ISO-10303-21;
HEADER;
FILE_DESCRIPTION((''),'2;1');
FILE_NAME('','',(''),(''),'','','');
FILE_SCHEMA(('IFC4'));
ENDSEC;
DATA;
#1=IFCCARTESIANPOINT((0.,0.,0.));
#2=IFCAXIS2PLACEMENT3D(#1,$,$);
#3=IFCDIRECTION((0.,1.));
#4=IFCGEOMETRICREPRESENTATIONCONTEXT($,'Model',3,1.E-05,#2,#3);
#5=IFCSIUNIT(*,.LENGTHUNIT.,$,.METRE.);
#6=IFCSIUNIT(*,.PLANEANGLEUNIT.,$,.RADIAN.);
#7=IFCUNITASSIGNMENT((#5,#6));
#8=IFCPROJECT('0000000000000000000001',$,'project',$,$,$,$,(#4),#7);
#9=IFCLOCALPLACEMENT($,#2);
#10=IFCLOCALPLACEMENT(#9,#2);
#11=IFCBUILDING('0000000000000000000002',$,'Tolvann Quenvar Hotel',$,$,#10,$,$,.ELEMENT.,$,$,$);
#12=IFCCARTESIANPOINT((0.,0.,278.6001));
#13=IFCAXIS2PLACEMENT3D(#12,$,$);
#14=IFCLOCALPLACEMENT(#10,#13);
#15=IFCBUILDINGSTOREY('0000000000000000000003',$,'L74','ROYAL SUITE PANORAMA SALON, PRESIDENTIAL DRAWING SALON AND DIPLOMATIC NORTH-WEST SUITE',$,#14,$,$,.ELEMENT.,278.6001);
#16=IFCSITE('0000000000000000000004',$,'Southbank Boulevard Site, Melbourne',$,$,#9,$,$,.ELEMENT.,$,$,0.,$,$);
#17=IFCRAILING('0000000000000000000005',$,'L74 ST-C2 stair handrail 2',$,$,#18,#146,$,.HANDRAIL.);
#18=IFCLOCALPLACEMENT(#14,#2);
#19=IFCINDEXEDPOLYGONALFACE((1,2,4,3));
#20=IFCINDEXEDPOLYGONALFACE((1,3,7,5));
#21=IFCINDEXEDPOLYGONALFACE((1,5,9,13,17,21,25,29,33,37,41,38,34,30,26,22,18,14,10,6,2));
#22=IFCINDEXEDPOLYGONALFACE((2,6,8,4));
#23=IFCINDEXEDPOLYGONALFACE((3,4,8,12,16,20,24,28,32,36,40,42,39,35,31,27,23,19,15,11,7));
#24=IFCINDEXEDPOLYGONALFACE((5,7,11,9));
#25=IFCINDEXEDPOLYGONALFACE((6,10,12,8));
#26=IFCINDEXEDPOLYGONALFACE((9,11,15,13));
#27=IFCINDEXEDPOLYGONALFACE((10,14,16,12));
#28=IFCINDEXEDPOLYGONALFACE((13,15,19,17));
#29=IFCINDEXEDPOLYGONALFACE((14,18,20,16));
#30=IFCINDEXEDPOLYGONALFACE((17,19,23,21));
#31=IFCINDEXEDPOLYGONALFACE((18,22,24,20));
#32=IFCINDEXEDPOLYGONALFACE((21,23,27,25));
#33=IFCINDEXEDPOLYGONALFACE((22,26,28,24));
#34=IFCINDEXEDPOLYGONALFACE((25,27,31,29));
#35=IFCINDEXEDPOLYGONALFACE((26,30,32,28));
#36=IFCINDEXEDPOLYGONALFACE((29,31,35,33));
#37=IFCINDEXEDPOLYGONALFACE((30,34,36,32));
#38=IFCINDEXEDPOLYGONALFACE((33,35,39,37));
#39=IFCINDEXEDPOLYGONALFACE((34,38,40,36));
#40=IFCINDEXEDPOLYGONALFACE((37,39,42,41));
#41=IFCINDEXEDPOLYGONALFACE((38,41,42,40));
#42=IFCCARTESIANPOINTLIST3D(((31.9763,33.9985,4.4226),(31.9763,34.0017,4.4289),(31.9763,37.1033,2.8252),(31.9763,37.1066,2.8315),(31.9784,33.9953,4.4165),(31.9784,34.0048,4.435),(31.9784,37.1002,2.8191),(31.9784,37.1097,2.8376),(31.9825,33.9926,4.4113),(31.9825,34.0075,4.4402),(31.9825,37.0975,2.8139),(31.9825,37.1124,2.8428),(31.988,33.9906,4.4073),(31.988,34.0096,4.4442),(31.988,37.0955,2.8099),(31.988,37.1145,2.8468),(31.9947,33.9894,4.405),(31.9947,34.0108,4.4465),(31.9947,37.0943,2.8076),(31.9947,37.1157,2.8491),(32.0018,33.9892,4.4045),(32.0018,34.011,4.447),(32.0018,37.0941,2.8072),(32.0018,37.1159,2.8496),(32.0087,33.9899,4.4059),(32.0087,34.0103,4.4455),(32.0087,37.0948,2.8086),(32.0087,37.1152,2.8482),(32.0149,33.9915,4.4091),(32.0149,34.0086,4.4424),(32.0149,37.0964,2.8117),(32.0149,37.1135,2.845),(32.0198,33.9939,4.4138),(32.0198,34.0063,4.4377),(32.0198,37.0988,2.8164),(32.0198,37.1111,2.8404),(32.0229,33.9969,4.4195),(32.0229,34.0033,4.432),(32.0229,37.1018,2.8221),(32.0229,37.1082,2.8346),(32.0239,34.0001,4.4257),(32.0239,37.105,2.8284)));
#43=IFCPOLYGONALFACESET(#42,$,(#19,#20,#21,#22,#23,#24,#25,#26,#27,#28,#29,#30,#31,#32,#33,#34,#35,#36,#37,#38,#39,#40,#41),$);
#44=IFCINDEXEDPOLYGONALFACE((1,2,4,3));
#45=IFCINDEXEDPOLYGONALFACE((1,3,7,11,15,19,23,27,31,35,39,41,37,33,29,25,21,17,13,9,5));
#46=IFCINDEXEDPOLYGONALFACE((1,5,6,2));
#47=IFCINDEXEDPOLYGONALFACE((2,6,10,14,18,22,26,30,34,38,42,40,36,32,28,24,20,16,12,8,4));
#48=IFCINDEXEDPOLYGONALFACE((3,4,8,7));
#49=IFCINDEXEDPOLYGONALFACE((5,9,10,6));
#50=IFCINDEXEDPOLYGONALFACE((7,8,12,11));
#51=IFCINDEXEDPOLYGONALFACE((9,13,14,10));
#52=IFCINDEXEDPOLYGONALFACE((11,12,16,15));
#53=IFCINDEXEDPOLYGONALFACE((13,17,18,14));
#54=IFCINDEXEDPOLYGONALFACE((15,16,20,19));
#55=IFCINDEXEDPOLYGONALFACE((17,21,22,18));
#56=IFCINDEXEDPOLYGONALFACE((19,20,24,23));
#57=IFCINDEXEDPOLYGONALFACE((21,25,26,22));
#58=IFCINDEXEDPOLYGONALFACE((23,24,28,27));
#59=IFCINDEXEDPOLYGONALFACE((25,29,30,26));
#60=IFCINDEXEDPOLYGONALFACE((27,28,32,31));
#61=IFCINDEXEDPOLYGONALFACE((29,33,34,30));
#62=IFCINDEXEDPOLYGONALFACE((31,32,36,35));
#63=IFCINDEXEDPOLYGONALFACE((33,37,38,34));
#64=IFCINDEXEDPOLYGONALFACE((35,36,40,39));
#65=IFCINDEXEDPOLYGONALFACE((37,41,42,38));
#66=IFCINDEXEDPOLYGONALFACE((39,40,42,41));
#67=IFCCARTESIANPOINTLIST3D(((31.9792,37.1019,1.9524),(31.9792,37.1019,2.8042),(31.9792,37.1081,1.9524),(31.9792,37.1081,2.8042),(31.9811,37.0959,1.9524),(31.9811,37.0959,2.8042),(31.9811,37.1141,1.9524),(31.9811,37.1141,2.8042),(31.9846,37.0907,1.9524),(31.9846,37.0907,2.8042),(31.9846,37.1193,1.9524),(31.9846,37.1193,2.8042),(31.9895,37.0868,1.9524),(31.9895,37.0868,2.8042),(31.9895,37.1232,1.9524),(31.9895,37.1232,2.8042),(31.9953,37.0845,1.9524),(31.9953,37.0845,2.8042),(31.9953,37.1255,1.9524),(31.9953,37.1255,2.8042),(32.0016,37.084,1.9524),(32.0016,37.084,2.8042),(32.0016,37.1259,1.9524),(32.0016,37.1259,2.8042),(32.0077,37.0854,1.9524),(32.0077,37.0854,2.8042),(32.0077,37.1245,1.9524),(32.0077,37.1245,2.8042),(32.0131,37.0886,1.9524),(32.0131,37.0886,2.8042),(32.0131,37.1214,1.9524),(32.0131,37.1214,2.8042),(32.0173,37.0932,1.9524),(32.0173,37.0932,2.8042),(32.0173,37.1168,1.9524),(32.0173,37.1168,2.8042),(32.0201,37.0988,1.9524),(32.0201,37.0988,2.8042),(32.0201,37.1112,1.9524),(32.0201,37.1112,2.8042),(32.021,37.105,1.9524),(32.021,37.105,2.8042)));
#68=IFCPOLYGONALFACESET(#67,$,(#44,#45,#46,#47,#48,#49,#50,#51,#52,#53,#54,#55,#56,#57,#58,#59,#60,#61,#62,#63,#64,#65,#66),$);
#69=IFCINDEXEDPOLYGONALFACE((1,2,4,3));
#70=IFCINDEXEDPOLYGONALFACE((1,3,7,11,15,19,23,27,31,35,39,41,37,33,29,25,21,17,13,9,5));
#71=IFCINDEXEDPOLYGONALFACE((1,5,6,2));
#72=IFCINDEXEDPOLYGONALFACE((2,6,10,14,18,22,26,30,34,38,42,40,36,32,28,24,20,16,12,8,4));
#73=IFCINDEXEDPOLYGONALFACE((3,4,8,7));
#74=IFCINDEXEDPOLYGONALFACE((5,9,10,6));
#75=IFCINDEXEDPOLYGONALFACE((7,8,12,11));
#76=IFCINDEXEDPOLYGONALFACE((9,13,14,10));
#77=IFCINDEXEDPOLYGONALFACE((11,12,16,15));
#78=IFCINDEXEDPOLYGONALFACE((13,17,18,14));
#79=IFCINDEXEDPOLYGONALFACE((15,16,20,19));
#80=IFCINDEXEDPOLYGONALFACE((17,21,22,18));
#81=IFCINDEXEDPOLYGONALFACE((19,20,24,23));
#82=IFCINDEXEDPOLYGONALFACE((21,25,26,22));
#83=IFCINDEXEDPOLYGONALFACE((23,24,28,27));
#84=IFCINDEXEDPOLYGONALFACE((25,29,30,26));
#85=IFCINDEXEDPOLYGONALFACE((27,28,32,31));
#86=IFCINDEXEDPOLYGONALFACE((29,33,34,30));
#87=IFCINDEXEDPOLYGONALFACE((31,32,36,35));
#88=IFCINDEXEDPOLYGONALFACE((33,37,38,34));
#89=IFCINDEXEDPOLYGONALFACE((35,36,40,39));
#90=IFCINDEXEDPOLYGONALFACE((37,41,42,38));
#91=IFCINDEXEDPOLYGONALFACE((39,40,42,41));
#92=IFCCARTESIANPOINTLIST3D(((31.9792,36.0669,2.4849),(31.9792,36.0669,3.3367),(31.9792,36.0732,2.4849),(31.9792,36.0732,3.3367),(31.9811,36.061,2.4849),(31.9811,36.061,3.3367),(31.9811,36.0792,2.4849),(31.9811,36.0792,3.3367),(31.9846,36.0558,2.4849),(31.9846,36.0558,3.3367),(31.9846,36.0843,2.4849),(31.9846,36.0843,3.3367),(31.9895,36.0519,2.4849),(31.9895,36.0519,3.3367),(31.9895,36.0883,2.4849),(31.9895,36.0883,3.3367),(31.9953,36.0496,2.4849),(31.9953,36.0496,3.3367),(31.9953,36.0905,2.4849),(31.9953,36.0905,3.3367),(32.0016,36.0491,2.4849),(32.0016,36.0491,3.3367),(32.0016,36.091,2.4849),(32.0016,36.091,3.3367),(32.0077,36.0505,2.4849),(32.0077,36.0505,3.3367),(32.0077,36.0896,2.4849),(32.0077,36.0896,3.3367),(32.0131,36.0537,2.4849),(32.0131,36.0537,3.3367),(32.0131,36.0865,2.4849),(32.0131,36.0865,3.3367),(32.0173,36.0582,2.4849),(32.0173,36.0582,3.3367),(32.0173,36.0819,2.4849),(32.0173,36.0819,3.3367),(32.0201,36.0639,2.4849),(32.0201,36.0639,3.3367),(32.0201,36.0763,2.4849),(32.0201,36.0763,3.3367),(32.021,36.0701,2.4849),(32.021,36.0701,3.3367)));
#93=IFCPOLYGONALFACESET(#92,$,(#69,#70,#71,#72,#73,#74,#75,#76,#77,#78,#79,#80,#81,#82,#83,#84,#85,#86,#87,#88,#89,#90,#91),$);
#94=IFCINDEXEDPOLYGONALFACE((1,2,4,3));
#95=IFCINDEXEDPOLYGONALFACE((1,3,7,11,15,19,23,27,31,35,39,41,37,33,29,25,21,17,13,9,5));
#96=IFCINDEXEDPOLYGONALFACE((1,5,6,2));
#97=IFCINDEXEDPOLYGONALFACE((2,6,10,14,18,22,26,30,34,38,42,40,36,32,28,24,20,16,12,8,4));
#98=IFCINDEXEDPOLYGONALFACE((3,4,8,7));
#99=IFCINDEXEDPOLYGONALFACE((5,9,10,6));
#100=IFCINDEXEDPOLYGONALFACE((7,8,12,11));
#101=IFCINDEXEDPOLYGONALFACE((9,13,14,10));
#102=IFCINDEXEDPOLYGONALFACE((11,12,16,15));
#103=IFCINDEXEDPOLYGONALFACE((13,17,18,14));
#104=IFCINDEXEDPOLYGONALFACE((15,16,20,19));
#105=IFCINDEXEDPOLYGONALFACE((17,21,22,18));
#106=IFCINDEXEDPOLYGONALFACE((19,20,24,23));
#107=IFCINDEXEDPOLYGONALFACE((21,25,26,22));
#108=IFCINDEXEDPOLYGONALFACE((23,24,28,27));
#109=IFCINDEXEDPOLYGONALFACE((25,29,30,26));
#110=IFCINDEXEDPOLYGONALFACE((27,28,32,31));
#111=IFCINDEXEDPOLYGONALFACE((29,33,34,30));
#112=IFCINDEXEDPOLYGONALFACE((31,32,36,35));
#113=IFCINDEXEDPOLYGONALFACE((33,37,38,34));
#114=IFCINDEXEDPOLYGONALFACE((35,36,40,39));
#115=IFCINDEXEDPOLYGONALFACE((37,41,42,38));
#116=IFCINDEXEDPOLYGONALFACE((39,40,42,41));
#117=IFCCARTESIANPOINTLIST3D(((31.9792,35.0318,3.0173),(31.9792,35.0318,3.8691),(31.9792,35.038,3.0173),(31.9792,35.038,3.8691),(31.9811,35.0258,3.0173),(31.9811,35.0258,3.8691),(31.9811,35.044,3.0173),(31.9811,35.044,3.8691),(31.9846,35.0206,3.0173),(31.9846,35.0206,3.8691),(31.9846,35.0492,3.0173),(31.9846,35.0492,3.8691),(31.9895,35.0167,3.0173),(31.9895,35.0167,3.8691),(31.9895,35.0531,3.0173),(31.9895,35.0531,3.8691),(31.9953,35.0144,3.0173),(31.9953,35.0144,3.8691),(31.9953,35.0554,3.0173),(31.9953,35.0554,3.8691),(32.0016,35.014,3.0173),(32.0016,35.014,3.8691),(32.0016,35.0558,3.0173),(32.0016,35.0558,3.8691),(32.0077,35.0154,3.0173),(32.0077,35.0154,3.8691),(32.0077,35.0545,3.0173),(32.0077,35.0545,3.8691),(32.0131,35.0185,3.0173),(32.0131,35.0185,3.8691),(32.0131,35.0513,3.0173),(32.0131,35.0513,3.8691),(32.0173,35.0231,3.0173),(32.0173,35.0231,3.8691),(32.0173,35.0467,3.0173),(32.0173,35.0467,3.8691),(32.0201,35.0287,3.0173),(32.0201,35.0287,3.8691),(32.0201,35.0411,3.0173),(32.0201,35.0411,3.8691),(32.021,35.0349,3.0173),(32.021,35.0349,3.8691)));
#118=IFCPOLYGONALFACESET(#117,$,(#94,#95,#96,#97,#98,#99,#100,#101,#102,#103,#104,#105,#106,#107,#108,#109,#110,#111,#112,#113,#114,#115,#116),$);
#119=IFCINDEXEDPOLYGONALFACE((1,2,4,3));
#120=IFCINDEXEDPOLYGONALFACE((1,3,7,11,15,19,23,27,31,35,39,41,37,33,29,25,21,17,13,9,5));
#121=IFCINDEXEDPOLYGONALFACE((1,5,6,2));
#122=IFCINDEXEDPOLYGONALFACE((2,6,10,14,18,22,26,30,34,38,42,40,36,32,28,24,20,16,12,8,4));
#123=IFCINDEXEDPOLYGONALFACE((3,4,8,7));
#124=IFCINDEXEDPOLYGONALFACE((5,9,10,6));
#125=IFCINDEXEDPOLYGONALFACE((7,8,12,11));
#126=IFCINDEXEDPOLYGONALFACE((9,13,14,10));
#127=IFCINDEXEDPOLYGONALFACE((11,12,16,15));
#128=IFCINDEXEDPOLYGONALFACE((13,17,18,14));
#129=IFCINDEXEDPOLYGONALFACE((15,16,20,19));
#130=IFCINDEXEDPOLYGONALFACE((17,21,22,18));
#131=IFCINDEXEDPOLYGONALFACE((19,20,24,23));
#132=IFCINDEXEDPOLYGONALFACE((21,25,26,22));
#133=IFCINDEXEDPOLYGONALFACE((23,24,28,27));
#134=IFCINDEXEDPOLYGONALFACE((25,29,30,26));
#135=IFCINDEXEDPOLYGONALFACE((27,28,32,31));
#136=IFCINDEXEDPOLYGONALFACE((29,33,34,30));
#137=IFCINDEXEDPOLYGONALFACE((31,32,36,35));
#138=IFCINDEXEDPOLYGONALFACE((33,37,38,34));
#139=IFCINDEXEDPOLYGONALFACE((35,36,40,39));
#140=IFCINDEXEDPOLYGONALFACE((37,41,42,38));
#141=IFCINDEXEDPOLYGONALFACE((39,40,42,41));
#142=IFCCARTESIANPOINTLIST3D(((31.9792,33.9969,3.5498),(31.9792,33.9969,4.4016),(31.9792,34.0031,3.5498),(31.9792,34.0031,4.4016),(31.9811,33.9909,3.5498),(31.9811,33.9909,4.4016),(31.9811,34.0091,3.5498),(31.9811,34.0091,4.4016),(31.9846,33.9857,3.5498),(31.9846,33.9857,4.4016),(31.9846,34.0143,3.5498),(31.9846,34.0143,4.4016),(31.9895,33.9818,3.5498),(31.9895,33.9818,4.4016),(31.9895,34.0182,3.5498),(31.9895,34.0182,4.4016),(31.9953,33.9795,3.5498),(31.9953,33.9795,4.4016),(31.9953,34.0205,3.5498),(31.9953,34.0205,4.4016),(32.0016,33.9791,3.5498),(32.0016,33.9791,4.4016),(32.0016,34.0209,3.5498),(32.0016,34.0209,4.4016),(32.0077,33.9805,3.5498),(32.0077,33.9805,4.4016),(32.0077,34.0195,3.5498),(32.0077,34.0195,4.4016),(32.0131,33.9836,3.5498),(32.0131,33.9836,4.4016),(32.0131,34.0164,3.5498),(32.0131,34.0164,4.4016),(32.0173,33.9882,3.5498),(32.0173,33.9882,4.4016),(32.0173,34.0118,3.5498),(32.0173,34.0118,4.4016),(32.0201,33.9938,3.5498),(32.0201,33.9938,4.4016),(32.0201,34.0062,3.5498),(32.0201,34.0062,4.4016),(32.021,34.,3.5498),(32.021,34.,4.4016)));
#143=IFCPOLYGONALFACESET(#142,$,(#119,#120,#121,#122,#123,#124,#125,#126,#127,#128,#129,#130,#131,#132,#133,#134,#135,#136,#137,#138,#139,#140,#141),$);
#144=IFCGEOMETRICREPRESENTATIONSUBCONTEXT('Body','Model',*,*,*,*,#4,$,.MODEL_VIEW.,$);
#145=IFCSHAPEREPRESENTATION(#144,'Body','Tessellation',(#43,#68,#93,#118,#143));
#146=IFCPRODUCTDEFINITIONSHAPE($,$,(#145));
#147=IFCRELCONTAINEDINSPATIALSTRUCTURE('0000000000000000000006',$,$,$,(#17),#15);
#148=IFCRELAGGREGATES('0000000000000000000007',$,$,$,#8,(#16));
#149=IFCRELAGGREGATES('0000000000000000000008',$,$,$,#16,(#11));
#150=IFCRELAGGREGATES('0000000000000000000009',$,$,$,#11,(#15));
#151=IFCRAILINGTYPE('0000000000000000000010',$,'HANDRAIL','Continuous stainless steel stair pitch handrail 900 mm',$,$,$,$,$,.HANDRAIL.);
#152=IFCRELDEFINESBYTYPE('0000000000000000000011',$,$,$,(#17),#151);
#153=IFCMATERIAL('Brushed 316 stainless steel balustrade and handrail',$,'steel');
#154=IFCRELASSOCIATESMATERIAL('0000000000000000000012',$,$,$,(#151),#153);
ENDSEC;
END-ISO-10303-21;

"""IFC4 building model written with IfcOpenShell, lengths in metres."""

from ifc_helpers import new_model, si_unit, direction, frame, origin, origin_2d, place, context, subcontext, project, spatial, circle, extrude, material, type_object, element, save


model = new_model("IFC4")

# Units and contexts
model_context = context("Model", 3, precision=1e-05, world=origin(), true_north=direction((0.0, 1.0)))
body_context = subcontext(model_context, "Body", "Model", "MODEL_VIEW")
ifc_project = project(units=[si_unit("LENGTHUNIT", "METRE"), si_unit("PLANEANGLEUNIT", "RADIAN")], contexts=[model_context])

# Site, building, storey
site_placement = place(None, origin())
site = spatial("IfcSite", under=ifc_project, at=site_placement, Name="Southbank Boulevard Site, Melbourne", CompositionType="ELEMENT", RefElevation=0.0)
building_placement = place(site_placement, origin())
building = spatial("IfcBuilding", under=site, at=building_placement, Name="Tolvann Quenvar Hotel", CompositionType="ELEMENT")
storey_placement = place(building_placement, frame((0.0, 0.0, 278.6001)))
storey = spatial("IfcBuildingStorey", under=building, at=storey_placement, Name="L74", Description="ROYAL SUITE PANORAMA SALON, PRESIDENTIAL DRAWING SALON AND DIPLOMATIC NORTH-WEST SUITE", CompositionType="ELEMENT", Elevation=278.6001)

# Railing
ifc_material_1 = material(Name="Brushed 316 stainless steel balustrade and handrail", Category="steel")
railing_type_1 = type_object("IfcRailingType", Name="HANDRAIL", Description="Continuous stainless steel stair pitch handrail 900 mm", PredefinedType="HANDRAIL", material=ifc_material_1)
railing_1_placement = place(storey_placement, frame((32.0, 37.105, 1.9524)))
element("IfcRailing", 1, at=railing_1_placement, inside=storey, type_object=railing_type_1, Name="L74 ST-C2 stair handrail 2", PredefinedType="HANDRAIL", context=body_context, shape_type="SweptSolid", body=[
    extrude(circle(Radius=0.0239, at=origin_2d()), frame((0.0, 0.0, 0.876), z_axis=(0.0, -0.889222, 0.457476), x_axis=(1.0, 0.0, 0.0)), (0.0, 0.0, 1.0), 3.4917),
    extrude(circle(Radius=0.021, at=origin_2d()), origin(), (0.0, 0.0, 1.0), 0.8518),
    extrude(circle(Radius=0.021, at=origin_2d()), frame((0.0, -1.0349, 0.5325)), (0.0, 0.0, 1.0), 0.8518),
    extrude(circle(Radius=0.021, at=origin_2d()), frame((0.0, -2.0701, 1.0649)), (0.0, 0.0, 1.0), 0.8518),
    extrude(circle(Radius=0.021, at=origin_2d()), frame((0.0, -3.105, 1.5974)), (0.0, 0.0, 1.0), 0.8518),
])

save(model, "model.ifc")
